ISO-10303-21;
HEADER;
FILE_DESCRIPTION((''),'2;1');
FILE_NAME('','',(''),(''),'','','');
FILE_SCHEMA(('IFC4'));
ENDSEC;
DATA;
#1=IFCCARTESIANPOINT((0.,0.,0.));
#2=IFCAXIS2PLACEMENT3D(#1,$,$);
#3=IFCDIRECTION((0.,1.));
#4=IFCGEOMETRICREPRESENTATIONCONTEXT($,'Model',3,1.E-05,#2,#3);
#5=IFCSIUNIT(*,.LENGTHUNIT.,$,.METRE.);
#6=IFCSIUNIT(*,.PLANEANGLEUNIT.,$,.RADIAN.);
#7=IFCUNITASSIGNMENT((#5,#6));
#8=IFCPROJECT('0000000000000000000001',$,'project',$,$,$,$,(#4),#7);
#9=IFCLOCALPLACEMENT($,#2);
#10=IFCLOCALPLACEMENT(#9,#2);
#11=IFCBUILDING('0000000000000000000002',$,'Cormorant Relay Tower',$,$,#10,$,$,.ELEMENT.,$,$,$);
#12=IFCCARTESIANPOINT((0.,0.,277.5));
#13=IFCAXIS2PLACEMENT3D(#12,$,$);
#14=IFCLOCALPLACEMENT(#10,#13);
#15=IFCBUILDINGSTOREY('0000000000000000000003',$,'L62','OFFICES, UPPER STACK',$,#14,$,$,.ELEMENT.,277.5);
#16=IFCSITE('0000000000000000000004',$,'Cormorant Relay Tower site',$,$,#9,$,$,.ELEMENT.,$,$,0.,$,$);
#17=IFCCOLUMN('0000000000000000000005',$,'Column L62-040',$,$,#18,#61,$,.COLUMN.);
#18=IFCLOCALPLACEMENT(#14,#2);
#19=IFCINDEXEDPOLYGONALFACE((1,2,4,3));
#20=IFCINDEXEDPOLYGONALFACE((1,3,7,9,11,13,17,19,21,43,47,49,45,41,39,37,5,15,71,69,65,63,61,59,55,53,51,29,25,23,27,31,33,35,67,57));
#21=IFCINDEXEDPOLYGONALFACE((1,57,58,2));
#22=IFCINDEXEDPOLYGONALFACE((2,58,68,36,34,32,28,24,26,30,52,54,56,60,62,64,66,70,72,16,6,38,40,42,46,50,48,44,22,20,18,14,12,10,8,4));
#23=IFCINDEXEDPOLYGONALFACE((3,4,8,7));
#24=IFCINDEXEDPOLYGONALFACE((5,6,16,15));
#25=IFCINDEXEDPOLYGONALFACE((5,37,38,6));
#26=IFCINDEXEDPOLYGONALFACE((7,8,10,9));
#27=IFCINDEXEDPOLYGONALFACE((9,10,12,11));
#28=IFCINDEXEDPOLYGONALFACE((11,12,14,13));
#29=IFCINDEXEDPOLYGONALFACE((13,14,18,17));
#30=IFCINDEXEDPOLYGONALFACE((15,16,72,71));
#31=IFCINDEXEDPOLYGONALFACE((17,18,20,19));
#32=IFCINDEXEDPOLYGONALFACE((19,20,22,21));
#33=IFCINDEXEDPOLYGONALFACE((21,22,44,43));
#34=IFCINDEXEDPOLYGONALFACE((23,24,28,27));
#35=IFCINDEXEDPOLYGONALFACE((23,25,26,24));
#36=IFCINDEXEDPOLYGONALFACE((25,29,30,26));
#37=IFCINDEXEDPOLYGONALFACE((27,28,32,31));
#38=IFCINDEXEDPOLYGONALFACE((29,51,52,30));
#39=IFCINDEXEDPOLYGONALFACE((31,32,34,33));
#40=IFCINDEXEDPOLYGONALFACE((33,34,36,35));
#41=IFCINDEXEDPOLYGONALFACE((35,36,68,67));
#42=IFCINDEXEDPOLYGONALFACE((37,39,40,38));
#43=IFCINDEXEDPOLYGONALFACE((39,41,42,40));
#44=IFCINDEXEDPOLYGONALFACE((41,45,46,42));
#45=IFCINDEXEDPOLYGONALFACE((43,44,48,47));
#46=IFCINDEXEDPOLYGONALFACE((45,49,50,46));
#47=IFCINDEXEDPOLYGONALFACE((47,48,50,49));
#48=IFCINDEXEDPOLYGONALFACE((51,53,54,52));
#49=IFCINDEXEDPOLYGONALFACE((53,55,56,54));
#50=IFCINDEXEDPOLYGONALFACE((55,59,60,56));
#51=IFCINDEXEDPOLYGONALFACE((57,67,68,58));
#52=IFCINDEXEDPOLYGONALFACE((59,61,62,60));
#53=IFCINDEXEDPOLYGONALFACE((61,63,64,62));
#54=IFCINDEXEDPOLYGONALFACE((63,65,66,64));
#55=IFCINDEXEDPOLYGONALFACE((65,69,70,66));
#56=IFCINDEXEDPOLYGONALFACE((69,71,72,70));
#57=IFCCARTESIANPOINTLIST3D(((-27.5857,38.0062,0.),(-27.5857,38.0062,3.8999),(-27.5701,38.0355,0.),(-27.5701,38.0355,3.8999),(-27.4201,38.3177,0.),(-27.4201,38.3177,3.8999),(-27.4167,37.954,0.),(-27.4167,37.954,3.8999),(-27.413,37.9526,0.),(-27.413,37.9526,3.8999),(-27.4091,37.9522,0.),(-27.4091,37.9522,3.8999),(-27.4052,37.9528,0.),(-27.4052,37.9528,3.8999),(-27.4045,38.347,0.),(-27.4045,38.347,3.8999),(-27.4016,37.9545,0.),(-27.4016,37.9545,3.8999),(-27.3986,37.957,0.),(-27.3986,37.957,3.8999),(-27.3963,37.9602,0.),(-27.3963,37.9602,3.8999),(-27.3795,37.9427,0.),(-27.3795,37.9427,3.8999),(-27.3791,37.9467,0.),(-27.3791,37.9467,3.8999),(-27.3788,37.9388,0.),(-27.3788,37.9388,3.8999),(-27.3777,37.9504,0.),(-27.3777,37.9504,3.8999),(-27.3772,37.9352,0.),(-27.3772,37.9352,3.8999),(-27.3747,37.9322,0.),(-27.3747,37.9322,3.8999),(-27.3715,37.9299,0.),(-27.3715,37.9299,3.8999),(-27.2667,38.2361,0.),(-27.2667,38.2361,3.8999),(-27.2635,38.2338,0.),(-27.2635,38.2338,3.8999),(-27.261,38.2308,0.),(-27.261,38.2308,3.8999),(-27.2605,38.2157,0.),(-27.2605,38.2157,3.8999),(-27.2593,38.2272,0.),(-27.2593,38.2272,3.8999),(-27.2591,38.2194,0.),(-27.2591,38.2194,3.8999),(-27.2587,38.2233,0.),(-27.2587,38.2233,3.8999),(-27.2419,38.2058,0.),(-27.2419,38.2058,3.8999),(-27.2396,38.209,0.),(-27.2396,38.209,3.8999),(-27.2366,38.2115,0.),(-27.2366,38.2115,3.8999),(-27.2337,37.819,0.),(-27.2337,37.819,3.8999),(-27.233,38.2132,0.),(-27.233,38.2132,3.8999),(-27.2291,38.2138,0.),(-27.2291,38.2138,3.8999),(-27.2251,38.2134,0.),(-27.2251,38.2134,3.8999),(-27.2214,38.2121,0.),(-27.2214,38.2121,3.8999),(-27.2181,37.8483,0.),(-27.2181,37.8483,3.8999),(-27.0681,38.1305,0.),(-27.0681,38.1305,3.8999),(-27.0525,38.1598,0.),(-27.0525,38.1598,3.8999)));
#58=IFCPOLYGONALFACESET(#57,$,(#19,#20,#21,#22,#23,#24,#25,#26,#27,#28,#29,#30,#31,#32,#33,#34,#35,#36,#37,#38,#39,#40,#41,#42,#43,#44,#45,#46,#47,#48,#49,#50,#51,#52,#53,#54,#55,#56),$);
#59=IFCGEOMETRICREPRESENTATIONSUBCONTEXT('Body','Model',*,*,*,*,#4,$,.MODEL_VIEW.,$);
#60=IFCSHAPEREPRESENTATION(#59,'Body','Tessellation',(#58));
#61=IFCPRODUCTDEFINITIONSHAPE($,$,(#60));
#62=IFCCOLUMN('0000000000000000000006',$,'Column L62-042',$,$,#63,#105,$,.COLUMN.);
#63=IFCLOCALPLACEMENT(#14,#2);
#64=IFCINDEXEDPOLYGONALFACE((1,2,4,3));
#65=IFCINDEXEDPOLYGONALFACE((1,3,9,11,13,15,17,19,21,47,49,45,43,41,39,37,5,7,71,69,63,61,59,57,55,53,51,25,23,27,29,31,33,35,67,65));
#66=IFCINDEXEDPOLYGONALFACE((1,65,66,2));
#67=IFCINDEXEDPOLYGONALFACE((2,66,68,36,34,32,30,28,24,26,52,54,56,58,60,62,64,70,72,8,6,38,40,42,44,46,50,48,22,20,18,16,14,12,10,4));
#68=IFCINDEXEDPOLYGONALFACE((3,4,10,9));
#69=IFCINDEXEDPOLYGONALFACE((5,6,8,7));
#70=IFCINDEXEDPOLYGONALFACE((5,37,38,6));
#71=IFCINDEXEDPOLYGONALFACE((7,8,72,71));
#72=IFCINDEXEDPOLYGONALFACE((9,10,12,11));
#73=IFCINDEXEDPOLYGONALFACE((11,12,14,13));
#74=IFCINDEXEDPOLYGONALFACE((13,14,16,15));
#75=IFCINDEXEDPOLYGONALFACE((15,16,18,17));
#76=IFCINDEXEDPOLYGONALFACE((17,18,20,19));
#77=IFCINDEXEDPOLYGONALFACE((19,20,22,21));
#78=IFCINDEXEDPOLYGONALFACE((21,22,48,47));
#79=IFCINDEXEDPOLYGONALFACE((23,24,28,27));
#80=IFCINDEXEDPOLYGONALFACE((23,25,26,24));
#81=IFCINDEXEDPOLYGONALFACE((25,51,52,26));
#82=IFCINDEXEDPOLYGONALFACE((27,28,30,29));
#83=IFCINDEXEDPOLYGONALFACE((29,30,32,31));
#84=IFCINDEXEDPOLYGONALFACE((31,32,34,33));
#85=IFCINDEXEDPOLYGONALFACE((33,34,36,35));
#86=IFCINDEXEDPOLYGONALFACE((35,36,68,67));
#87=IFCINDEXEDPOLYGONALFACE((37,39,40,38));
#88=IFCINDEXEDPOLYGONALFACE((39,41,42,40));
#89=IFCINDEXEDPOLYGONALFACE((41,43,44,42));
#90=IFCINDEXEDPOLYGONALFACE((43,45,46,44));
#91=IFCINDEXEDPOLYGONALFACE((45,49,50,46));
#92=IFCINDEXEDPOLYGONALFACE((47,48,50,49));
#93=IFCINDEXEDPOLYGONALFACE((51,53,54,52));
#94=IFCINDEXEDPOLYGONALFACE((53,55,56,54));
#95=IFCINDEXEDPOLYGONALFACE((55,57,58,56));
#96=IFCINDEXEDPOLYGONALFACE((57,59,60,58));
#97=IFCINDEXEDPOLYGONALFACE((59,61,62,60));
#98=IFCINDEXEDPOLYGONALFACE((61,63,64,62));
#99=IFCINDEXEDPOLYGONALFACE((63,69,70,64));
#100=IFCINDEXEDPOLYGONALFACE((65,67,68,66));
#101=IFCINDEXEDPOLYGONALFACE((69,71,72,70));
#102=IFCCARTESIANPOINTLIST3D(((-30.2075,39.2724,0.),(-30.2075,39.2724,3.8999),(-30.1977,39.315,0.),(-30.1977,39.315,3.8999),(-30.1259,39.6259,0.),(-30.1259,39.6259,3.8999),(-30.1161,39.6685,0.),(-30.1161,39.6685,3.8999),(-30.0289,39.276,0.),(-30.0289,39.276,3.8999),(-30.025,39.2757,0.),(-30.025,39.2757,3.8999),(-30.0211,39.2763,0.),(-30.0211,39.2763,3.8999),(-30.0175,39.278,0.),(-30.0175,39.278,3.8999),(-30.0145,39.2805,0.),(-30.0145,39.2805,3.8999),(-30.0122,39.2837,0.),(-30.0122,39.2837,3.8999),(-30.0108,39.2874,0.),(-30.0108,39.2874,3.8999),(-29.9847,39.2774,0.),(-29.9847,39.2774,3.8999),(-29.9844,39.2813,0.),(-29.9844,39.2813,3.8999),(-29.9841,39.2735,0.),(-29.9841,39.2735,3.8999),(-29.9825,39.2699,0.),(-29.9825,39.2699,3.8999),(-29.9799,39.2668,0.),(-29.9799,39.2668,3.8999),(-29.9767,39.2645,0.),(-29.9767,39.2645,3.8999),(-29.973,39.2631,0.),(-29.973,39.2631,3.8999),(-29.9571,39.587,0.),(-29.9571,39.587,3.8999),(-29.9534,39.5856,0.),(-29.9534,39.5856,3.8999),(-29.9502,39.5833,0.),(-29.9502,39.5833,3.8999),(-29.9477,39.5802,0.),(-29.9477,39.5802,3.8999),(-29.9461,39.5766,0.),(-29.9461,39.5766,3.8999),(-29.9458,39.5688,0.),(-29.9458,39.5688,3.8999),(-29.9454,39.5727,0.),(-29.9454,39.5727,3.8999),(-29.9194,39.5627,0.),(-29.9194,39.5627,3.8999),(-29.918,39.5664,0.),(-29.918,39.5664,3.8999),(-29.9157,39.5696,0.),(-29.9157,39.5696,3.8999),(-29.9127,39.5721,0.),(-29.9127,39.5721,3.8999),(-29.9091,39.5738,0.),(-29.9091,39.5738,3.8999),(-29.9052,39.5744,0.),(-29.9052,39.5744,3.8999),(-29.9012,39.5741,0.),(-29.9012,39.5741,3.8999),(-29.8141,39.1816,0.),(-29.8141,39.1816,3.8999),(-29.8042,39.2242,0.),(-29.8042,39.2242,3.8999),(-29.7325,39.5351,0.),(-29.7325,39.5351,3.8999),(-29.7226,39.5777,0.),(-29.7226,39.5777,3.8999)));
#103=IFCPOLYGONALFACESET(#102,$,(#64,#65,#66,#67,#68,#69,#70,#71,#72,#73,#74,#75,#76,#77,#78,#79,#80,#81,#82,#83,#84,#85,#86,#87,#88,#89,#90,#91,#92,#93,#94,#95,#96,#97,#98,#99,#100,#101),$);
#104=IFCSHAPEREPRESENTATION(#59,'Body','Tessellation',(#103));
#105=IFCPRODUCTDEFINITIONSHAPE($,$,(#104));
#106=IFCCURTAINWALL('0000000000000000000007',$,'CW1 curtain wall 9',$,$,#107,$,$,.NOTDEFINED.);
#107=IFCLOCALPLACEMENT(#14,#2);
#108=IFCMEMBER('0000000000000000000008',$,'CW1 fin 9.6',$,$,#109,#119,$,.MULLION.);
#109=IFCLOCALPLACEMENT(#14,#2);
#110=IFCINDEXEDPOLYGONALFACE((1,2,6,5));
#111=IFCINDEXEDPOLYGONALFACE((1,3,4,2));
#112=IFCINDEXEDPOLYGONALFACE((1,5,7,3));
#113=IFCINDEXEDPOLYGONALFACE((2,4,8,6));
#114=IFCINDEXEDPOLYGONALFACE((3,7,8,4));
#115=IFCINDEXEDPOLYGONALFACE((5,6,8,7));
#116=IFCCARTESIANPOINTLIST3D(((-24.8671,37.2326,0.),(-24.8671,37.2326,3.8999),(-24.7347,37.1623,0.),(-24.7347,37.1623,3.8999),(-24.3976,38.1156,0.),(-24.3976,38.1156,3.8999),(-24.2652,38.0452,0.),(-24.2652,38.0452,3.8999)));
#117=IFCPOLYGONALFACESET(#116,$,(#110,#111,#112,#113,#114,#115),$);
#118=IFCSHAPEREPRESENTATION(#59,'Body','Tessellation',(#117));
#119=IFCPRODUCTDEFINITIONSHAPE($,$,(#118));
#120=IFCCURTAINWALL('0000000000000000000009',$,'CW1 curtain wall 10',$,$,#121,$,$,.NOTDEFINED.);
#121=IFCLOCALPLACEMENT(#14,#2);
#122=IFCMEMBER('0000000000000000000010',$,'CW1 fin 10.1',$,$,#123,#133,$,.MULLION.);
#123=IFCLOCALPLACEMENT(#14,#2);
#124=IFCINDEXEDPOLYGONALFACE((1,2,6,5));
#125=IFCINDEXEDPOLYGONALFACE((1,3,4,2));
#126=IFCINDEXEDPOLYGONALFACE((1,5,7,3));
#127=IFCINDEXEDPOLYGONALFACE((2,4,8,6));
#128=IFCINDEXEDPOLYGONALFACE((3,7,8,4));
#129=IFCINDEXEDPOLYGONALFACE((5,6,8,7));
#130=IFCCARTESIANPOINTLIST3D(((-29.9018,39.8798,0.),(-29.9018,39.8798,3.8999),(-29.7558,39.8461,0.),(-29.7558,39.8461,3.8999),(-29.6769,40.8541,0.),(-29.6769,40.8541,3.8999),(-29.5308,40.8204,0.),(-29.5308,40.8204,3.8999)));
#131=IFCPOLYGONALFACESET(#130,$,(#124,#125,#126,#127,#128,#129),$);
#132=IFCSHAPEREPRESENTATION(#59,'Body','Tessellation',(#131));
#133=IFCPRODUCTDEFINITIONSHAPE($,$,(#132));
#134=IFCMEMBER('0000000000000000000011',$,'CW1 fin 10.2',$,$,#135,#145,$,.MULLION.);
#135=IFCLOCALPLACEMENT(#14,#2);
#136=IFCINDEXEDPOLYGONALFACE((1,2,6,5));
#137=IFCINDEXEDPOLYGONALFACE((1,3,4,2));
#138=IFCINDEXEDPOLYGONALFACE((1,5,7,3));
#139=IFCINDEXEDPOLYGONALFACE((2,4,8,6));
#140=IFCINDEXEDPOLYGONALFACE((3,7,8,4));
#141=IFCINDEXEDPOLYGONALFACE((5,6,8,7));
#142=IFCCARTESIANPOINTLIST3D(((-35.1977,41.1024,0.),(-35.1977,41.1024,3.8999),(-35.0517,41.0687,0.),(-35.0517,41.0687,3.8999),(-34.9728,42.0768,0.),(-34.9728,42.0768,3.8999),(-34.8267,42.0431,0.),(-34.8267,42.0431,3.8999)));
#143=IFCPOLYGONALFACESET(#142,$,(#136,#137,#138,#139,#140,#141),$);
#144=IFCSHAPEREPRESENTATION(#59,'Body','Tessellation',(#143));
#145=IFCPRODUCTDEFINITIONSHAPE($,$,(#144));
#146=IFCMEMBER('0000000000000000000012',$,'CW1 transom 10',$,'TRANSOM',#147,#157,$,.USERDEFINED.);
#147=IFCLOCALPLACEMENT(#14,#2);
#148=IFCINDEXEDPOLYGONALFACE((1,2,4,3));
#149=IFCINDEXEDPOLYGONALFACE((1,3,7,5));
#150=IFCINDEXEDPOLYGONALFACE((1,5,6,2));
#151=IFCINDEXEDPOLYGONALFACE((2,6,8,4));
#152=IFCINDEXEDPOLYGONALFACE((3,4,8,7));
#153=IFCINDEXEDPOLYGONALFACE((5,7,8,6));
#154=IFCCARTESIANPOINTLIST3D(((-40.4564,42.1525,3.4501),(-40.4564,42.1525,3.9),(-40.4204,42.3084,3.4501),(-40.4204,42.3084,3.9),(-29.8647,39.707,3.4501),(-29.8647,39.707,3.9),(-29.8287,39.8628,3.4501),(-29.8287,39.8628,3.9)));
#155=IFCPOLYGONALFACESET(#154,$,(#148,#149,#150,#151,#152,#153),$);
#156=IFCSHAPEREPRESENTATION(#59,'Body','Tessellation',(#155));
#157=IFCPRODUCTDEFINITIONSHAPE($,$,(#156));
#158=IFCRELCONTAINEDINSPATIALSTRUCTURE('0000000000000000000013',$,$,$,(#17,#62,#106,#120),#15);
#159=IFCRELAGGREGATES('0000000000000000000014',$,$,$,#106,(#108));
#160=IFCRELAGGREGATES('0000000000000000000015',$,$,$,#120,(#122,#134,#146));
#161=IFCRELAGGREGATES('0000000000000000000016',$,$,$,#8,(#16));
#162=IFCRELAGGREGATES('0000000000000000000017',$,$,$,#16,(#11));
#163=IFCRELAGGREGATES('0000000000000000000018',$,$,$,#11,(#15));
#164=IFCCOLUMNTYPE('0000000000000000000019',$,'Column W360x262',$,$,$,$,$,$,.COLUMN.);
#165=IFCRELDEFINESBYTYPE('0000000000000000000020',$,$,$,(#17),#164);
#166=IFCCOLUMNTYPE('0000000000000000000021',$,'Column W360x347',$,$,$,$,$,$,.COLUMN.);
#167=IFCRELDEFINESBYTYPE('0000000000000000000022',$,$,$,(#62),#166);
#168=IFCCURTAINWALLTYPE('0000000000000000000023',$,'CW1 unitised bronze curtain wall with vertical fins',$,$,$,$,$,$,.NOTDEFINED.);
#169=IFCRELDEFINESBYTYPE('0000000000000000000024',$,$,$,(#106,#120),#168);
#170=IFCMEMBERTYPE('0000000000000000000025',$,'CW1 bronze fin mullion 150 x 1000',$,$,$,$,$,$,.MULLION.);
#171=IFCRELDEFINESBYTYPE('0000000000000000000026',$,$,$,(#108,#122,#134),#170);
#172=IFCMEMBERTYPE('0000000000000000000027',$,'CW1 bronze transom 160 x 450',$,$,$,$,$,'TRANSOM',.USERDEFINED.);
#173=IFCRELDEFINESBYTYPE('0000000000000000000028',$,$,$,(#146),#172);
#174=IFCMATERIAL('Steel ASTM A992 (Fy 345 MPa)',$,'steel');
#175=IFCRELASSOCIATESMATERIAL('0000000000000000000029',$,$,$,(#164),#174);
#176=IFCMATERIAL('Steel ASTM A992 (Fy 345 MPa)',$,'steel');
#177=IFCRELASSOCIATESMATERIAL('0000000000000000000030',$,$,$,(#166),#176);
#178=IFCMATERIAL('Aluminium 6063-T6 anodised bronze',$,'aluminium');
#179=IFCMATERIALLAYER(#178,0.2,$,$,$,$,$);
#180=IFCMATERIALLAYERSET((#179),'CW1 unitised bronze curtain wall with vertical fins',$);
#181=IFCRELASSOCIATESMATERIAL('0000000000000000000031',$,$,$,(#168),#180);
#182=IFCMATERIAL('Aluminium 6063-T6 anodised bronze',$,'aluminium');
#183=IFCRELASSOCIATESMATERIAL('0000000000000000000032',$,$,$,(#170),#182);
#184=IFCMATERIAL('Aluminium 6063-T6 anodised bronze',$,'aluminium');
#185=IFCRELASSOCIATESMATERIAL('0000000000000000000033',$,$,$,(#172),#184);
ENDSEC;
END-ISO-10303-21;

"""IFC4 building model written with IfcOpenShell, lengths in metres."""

from ifc_helpers import new_model, si_unit, direction, frame, origin, origin_2d, place, context, subcontext, project, spatial, rectangle, i_section, extrude, material, layer, layer_set, material_profile, profile_set, type_object, element, aggregate, save


model = new_model("IFC4")

# Units and contexts
model_context = context("Model", 3, precision=1e-05, world=origin(), true_north=direction((0.0, 1.0)))
body_context = subcontext(model_context, "Body", "Model", "MODEL_VIEW")
ifc_project = project(units=[si_unit("LENGTHUNIT", "METRE"), si_unit("PLANEANGLEUNIT", "RADIAN")], contexts=[model_context])

# Site, building, storey
site_placement = place(None, origin())
site = spatial("IfcSite", under=ifc_project, at=site_placement, Name="Cormorant Relay Tower site", CompositionType="ELEMENT", RefElevation=0.0)
building_placement = place(site_placement, origin())
building = spatial("IfcBuilding", under=site, at=building_placement, Name="Cormorant Relay Tower", CompositionType="ELEMENT")
storey_placement = place(building_placement, frame((0.0, 0.0, 277.5)))
storey = spatial("IfcBuildingStorey", under=building, at=storey_placement, Name="L62", Description="OFFICES, UPPER STACK", CompositionType="ELEMENT", Elevation=277.5)

# Columns
ifc_material_1 = material(Name="Steel ASTM A992 (Fy 345 MPa)", Category="steel")
ifc_material_profile_1 = material_profile(ifc_material_1, i_section(OverallWidth=0.3987, OverallDepth=0.386, WebThickness=0.021, FlangeThickness=0.0332, FilletRadius=0.0151, at=origin_2d()), Name="W360x262")
ifc_profile_set_1 = profile_set([ifc_material_profile_1], Name="Steel ASTM A992 (Fy 345 MPa)")
column_type_1 = type_object("IfcColumnType", Name="Column W360x262", PredefinedType="COLUMN", material=ifc_profile_set_1)
column_1_placement = place(storey_placement, frame((-27.3191, 38.083, 0.0), z_axis=(0.0, 0.0, 1.0), x_axis=(-0.882948, 0.469472, 0.0)))
element("IfcColumn", 1, at=column_1_placement, inside=storey, type_object=column_type_1, Name="Column L62-040", PredefinedType="COLUMN", context=body_context, shape_type="SweptSolid", body=[
    extrude(i_section(OverallWidth=0.3987, OverallDepth=0.386, WebThickness=0.021, FlangeThickness=0.0332, FilletRadius=0.0151, at=origin_2d()), origin(), (0.0, 0.0, 1.0), 3.8999),
])
ifc_material_2 = material(Name="Steel ASTM A992 (Fy 345 MPa)", Category="steel")
ifc_material_profile_2 = material_profile(ifc_material_2, i_section(OverallWidth=0.4038, OverallDepth=0.4065, WebThickness=0.0271, FlangeThickness=0.0437, FilletRadius=0.0151, at=origin_2d()), Name="W360x347")
ifc_profile_set_2 = profile_set([ifc_material_profile_2], Name="Steel ASTM A992 (Fy 345 MPa)")
column_type_2 = type_object("IfcColumnType", Name="Column W360x347", PredefinedType="COLUMN", material=ifc_profile_set_2)
column_2_placement = place(storey_placement, frame((-29.9651, 39.425, 0.0), z_axis=(0.0, 0.0, 1.0), x_axis=(-0.97437, 0.224951, 0.0)))
element("IfcColumn", 2, at=column_2_placement, inside=storey, type_object=column_type_2, Name="Column L62-042", PredefinedType="COLUMN", context=body_context, shape_type="SweptSolid", body=[
    extrude(i_section(OverallWidth=0.4038, OverallDepth=0.4065, WebThickness=0.0271, FlangeThickness=0.0437, FilletRadius=0.0151, at=origin_2d()), origin(), (0.0, 0.0, 1.0), 3.8999),
])

# Curtain wall, member
ifc_material_3 = material(Name="Aluminium 6063-T6 anodised bronze", Category="aluminium")
ifc_layer_1 = layer(ifc_material_3, 0.2)
ifc_layer_set_1 = layer_set([ifc_layer_1], Name="CW1 unitised bronze curtain wall with vertical fins")
curtain_wall_type = type_object("IfcCurtainWallType", Name="CW1 unitised bronze curtain wall with vertical fins", PredefinedType="NOTDEFINED", material=ifc_layer_set_1)
curtain_wall_1_placement = place(storey_placement, origin())
curtain_wall_1 = element("IfcCurtainWall", 3, at=curtain_wall_1_placement, inside=storey, type_object=curtain_wall_type, Name="CW1 curtain wall 9", PredefinedType="NOTDEFINED")
ifc_material_4 = material(Name="Aluminium 6063-T6 anodised bronze", Category="aluminium")
ifc_material_profile_3 = material_profile(ifc_material_4, rectangle(XDim=0.1499, YDim=1.0, at=origin_2d()), Name="AL 150x1000")
ifc_profile_set_3 = profile_set([ifc_material_profile_3], Name="Aluminium 6063-T6 anodised bronze")
member_type_1 = type_object("IfcMemberType", Name="CW1 bronze fin mullion 150 x 1000", PredefinedType="MULLION", material=ifc_profile_set_3)
member_1_placement = place(storey_placement, frame((-24.5662, 37.6389, 0.0), z_axis=(0.0, 0.0, 1.0), x_axis=(-0.882948, 0.469472, 0.0)))
member_1 = element("IfcMember", 4, at=member_1_placement, type_object=member_type_1, Name="CW1 fin 9.6", PredefinedType="MULLION", context=body_context, shape_type="SweptSolid", body=[
    extrude(rectangle(XDim=0.1499, YDim=1.0, at=origin_2d()), origin(), (0.0, 0.0, 1.0), 3.8999),
])

# Curtain wall, members
curtain_wall_2_placement = place(storey_placement, origin())
curtain_wall_2 = element("IfcCurtainWall", 5, at=curtain_wall_2_placement, inside=storey, type_object=curtain_wall_type, Name="CW1 curtain wall 10", PredefinedType="NOTDEFINED")
member_2_placement = place(storey_placement, frame((-29.7163, 40.3501, 0.0), z_axis=(0.0, 0.0, 1.0), x_axis=(-0.97437, 0.224951, 0.0)))
member_2 = element("IfcMember", 6, at=member_2_placement, type_object=member_type_1, Name="CW1 fin 10.1", PredefinedType="MULLION", context=body_context, shape_type="SweptSolid", body=[
    extrude(rectangle(XDim=0.1499, YDim=1.0, at=origin_2d()), origin(), (0.0, 0.0, 1.0), 3.8999),
])
member_3_placement = place(storey_placement, frame((-35.0122, 41.5728, 0.0), z_axis=(0.0, 0.0, 1.0), x_axis=(-0.97437, 0.224951, 0.0)))
member_3 = element("IfcMember", 7, at=member_3_placement, type_object=member_type_1, Name="CW1 fin 10.2", PredefinedType="MULLION", context=body_context, shape_type="SweptSolid", body=[
    extrude(rectangle(XDim=0.1499, YDim=1.0, at=origin_2d()), origin(), (0.0, 0.0, 1.0), 3.8999),
])
ifc_material_5 = material(Name="Aluminium 6063-T6 anodised bronze", Category="aluminium")
ifc_material_profile_4 = material_profile(ifc_material_5, rectangle(XDim=0.1599, YDim=0.45, at=origin_2d()), Name="AL 160x450")
ifc_profile_set_4 = profile_set([ifc_material_profile_4], Name="Aluminium 6063-T6 anodised bronze")
member_type_2 = type_object("IfcMemberType", Name="CW1 bronze transom 160 x 450", ElementType="TRANSOM", PredefinedType="USERDEFINED", material=ifc_profile_set_4)
member_4_placement = place(storey_placement, frame((-29.8467, 39.7849, 3.675), z_axis=(-0.974365, 0.224973, 0.0), x_axis=(-0.224973, -0.974365, 0.0)))
member_4 = element("IfcMember", 8, at=member_4_placement, type_object=member_type_2, Name="CW1 transom 10", ObjectType="TRANSOM", PredefinedType="USERDEFINED", context=body_context, shape_type="SweptSolid", body=[
    extrude(rectangle(XDim=0.1599, YDim=0.45, at=origin_2d()), origin(), (0.0, 0.0, 1.0), 10.8704),
])

aggregate(curtain_wall_1, [member_1])
aggregate(curtain_wall_2, [member_2, member_3, member_4])

save(model, "model.ifc")
